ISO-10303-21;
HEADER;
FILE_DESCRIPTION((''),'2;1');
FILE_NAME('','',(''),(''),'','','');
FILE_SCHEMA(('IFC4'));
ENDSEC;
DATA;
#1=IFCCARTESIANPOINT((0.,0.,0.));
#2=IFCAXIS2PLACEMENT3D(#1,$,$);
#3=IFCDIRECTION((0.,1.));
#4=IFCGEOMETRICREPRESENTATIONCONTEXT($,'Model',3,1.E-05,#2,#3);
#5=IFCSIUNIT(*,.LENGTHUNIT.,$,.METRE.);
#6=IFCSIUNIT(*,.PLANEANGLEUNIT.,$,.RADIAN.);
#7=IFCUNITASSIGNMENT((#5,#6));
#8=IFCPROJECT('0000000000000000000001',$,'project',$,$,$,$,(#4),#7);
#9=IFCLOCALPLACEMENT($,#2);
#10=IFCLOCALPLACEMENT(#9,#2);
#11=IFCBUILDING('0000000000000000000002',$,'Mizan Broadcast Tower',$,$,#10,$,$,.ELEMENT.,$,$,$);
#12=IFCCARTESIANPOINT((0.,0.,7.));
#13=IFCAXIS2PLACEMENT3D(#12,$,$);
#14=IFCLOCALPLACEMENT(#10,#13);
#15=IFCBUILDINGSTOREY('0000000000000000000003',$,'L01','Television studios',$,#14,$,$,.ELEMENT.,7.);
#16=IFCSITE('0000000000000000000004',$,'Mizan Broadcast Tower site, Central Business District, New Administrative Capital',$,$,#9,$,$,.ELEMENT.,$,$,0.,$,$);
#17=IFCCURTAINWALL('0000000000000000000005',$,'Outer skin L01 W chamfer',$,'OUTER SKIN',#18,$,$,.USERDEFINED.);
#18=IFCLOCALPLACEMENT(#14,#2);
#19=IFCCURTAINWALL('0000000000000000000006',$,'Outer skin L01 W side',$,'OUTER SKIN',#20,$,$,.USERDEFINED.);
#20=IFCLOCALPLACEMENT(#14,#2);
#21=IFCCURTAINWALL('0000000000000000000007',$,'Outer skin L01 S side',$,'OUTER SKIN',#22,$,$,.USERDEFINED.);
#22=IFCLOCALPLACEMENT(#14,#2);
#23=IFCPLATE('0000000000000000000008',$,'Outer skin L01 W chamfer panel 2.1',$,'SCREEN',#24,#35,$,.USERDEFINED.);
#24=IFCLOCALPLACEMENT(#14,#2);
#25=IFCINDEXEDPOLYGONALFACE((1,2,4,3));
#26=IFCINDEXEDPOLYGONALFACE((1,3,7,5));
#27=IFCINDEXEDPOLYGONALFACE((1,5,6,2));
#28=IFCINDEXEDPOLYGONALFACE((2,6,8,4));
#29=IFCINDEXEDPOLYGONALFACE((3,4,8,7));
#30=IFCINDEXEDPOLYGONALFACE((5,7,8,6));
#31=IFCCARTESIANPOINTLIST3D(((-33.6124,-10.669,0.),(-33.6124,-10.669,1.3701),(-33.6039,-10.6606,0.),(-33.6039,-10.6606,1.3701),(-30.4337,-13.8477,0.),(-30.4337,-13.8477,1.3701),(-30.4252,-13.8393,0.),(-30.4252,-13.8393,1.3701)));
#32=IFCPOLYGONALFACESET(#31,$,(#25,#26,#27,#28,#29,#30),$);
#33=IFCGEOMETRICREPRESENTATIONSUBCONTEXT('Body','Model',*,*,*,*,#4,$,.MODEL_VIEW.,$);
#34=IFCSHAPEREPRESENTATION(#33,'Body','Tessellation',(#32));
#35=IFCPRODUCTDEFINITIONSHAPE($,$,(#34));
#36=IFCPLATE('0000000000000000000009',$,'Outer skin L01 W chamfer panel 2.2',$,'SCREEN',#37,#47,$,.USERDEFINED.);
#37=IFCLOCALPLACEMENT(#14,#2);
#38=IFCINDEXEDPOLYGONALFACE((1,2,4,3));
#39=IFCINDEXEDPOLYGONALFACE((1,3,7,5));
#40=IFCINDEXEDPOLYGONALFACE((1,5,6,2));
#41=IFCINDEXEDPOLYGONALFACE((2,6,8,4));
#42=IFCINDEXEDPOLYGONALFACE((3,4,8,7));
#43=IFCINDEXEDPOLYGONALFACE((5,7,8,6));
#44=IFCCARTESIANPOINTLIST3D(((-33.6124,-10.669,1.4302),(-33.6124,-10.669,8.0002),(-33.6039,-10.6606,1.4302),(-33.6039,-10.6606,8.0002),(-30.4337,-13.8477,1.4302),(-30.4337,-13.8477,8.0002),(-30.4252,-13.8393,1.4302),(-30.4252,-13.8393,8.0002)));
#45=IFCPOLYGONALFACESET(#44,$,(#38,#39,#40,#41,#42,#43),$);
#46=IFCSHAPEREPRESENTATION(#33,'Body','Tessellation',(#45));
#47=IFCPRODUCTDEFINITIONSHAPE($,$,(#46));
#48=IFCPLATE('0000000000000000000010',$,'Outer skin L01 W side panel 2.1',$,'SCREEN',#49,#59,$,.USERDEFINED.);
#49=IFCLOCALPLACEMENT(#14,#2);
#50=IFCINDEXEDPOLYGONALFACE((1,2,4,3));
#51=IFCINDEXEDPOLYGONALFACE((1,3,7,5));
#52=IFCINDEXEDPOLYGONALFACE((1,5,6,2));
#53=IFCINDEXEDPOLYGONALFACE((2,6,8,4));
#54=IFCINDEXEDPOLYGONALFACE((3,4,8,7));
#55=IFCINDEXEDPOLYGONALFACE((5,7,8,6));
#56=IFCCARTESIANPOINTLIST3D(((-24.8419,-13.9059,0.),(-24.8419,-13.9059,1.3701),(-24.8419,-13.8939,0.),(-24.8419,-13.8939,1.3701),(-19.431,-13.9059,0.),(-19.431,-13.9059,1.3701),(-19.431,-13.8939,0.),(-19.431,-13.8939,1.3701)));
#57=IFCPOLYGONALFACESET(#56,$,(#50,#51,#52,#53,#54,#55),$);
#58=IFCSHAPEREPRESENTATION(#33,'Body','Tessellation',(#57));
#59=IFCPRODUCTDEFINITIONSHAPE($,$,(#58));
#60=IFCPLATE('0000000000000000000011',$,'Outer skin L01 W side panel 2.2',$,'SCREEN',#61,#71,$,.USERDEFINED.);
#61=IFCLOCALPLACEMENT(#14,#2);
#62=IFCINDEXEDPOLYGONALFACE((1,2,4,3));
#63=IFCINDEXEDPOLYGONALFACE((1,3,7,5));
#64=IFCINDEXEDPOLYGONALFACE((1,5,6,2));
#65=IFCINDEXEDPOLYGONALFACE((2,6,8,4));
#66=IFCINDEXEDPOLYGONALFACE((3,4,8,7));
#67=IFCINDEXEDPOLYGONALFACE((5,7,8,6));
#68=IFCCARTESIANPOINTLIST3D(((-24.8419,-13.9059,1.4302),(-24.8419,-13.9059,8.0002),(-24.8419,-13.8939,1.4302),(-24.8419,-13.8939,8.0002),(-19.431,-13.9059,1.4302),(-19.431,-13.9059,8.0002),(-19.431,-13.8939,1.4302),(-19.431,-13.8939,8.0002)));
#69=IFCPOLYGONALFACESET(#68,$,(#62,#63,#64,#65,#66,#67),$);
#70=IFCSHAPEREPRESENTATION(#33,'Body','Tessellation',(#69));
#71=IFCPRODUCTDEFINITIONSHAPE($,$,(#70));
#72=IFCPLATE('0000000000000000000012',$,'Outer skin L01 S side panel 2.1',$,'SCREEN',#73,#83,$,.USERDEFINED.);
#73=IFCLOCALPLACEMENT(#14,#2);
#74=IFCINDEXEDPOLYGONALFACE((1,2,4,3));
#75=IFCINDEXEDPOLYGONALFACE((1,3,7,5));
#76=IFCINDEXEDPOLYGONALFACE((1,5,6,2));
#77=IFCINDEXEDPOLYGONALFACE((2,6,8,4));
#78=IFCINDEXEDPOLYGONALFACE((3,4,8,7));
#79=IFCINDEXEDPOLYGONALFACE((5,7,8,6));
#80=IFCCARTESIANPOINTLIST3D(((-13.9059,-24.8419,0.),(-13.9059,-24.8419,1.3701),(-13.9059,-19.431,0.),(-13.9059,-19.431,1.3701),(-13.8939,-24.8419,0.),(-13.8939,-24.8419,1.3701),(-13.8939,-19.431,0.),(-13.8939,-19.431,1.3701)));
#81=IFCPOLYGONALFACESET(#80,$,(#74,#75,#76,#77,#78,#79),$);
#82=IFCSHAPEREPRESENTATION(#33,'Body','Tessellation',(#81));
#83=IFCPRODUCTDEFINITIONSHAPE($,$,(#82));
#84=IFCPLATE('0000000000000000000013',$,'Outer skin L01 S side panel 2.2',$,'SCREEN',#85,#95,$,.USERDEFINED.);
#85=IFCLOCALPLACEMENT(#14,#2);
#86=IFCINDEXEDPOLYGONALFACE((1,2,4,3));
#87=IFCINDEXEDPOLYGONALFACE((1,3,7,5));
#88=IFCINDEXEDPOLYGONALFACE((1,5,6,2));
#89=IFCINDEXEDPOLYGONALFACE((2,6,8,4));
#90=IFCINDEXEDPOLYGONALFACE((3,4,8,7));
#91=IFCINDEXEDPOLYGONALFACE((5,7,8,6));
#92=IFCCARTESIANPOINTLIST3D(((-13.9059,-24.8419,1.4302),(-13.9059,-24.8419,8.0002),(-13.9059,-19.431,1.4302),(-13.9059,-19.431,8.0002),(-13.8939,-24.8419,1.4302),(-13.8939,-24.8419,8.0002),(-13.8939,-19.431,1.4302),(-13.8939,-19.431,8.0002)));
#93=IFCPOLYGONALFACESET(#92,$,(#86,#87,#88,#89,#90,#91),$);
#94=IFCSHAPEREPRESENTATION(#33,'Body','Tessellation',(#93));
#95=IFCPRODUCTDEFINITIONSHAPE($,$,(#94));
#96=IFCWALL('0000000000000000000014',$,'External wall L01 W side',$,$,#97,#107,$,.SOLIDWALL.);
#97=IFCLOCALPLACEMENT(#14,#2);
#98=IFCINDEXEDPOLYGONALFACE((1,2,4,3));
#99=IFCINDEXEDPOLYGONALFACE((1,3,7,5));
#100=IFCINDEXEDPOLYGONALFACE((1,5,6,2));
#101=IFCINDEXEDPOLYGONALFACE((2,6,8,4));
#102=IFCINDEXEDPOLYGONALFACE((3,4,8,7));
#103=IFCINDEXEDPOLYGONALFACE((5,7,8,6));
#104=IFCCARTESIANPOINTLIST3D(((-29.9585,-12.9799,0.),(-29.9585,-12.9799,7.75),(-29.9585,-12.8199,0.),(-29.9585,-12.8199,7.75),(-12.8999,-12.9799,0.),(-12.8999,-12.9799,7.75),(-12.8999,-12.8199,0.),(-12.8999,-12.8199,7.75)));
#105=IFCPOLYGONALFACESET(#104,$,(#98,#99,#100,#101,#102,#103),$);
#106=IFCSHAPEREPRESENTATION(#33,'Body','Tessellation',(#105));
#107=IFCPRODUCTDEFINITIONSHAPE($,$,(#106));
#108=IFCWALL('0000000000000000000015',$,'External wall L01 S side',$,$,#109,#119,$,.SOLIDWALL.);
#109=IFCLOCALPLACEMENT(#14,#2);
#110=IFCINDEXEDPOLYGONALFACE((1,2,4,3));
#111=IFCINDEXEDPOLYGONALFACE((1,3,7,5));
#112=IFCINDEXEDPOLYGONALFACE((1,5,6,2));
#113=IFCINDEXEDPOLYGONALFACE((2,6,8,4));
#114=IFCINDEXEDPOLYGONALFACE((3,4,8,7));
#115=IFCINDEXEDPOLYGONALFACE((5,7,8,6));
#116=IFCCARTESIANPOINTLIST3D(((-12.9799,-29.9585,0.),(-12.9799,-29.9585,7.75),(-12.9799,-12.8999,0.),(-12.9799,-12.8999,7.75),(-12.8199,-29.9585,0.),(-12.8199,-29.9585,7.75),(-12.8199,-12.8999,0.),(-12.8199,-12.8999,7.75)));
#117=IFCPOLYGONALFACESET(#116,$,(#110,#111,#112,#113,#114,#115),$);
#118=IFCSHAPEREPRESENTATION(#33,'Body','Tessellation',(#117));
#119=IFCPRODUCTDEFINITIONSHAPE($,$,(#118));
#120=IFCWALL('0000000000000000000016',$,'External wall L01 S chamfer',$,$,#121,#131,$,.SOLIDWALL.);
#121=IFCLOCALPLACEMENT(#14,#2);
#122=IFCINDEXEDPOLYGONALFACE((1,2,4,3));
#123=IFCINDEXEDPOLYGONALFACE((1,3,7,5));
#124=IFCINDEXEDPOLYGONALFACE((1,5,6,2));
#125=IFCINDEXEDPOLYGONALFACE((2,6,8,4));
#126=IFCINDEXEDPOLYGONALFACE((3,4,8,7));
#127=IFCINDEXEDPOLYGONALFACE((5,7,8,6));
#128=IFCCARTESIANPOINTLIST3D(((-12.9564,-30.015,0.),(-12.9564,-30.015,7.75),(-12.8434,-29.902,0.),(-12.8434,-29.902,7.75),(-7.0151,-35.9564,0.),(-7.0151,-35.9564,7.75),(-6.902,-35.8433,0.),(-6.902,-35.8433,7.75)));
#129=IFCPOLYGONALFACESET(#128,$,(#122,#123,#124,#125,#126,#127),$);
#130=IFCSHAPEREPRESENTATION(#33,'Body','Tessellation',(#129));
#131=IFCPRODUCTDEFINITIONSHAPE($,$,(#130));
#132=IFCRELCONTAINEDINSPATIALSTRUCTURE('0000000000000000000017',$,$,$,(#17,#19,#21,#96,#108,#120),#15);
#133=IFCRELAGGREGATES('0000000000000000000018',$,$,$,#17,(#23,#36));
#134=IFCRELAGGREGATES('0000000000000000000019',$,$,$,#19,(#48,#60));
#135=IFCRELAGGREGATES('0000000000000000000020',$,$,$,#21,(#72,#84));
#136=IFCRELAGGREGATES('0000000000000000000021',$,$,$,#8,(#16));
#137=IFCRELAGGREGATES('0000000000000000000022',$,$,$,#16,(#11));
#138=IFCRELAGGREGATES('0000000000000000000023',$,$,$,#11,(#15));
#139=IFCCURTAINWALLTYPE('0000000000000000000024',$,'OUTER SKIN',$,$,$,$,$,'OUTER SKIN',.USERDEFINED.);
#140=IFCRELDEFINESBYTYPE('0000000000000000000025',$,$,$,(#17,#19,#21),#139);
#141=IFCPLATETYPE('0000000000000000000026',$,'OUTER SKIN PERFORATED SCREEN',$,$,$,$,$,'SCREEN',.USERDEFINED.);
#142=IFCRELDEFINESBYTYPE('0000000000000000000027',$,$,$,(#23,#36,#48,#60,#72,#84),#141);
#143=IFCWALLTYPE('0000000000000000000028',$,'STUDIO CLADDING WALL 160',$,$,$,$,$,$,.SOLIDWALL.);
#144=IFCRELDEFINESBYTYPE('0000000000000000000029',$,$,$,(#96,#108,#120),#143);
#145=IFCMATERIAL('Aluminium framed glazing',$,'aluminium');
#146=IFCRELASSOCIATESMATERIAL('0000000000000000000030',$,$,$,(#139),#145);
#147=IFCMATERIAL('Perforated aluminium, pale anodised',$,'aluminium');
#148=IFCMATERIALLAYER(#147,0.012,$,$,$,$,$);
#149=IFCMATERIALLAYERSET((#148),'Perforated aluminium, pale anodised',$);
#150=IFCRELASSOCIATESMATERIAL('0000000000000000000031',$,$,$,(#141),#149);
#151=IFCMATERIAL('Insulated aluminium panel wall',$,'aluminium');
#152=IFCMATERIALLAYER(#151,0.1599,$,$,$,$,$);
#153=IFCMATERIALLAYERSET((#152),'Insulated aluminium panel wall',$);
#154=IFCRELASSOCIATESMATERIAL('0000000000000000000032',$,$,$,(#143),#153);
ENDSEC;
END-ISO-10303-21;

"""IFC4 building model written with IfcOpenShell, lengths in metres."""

from ifc_helpers import new_model, si_unit, direction, frame, frame_2d, origin, origin_2d, place, context, subcontext, project, spatial, rectangle, extrude, material, layer, layer_set, type_object, element, aggregate, save


model = new_model("IFC4")

# Units and contexts
model_context = context("Model", 3, precision=1e-05, world=origin(), true_north=direction((0.0, 1.0)))
body_context = subcontext(model_context, "Body", "Model", "MODEL_VIEW")
ifc_project = project(units=[si_unit("LENGTHUNIT", "METRE"), si_unit("PLANEANGLEUNIT", "RADIAN")], contexts=[model_context])

# Site, building, storey
site_placement = place(None, origin())
site = spatial("IfcSite", under=ifc_project, at=site_placement, Name="Mizan Broadcast Tower site, Central Business District, New Administrative Capital", CompositionType="ELEMENT", RefElevation=0.0)
building_placement = place(site_placement, origin())
building = spatial("IfcBuilding", under=site, at=building_placement, Name="Mizan Broadcast Tower", CompositionType="ELEMENT")
storey_placement = place(building_placement, frame((0.0, 0.0, 7.0)))
storey = spatial("IfcBuildingStorey", under=building, at=storey_placement, Name="L01", Description="Television studios", CompositionType="ELEMENT", Elevation=7.0)

# Curtain wall
ifc_material_1 = material(Name="Aluminium framed glazing", Category="aluminium")
curtain_wall_type = type_object("IfcCurtainWallType", Name="OUTER SKIN", ElementType="OUTER SKIN", PredefinedType="USERDEFINED", material=ifc_material_1)
curtain_wall_1_placement = place(storey_placement, origin())
curtain_wall_1 = element("IfcCurtainWall", 1, at=curtain_wall_1_placement, inside=storey, type_object=curtain_wall_type, Name="Outer skin L01 W chamfer", ObjectType="OUTER SKIN", PredefinedType="USERDEFINED")

# Curtain walls
curtain_wall_2_placement = place(storey_placement, origin())
curtain_wall_2 = element("IfcCurtainWall", 2, at=curtain_wall_2_placement, inside=storey, type_object=curtain_wall_type, Name="Outer skin L01 W side", ObjectType="OUTER SKIN", PredefinedType="USERDEFINED")
curtain_wall_3_placement = place(storey_placement, origin())
curtain_wall_3 = element("IfcCurtainWall", 3, at=curtain_wall_3_placement, inside=storey, type_object=curtain_wall_type, Name="Outer skin L01 S side", ObjectType="OUTER SKIN", PredefinedType="USERDEFINED")

# Plates
ifc_material_2 = material(Name="Perforated aluminium, pale anodised", Category="aluminium")
ifc_layer_1 = layer(ifc_material_2, 0.012)
ifc_layer_set_1 = layer_set([ifc_layer_1], Name="Perforated aluminium, pale anodised")
plate_type_1 = type_object("IfcPlateType", Name="OUTER SKIN PERFORATED SCREEN", ElementType="SCREEN", PredefinedType="USERDEFINED", material=ifc_layer_set_1)
plate_1_placement = place(storey_placement, frame((-32.0188, -12.2542, 0.0), z_axis=(0.0, 0.0, 1.0), x_axis=(0.707107, -0.707107, 0.0)))
plate_1 = element("IfcPlate", 4, at=plate_1_placement, type_object=plate_type_1, Name="Outer skin L01 W chamfer panel 2.1", ObjectType="SCREEN", PredefinedType="USERDEFINED", context=body_context, shape_type="SweptSolid", body=[
    extrude(rectangle(XDim=4.4954, YDim=0.012, at=origin_2d()), origin(), (0.0, 0.0, 1.0), 1.3701),
])
plate_2_placement = place(storey_placement, frame((-32.0188, -12.2542, 1.4302), z_axis=(0.0, 0.0, 1.0), x_axis=(0.707107, -0.707107, 0.0)))
plate_2 = element("IfcPlate", 5, at=plate_2_placement, type_object=plate_type_1, Name="Outer skin L01 W chamfer panel 2.2", ObjectType="SCREEN", PredefinedType="USERDEFINED", context=body_context, shape_type="SweptSolid", body=[
    extrude(rectangle(XDim=4.4954, YDim=0.012, at=origin_2d()), origin(), (0.0, 0.0, 1.0), 6.5701),
])
aggregate(curtain_wall_1, [plate_1, plate_2])
plate_3_placement = place(storey_placement, frame((-22.1365, -13.8999, 0.0), z_axis=(0.0, 0.0, 1.0), x_axis=(1.0, 0.0, 0.0)))
plate_3 = element("IfcPlate", 6, at=plate_3_placement, type_object=plate_type_1, Name="Outer skin L01 W side panel 2.1", ObjectType="SCREEN", PredefinedType="USERDEFINED", context=body_context, shape_type="SweptSolid", body=[
    extrude(rectangle(XDim=5.4109, YDim=0.012, at=origin_2d()), origin(), (0.0, 0.0, 1.0), 1.3701),
])
plate_4_placement = place(storey_placement, frame((-22.1365, -13.8999, 1.4302), z_axis=(0.0, 0.0, 1.0), x_axis=(1.0, 0.0, 0.0)))
plate_4 = element("IfcPlate", 7, at=plate_4_placement, type_object=plate_type_1, Name="Outer skin L01 W side panel 2.2", ObjectType="SCREEN", PredefinedType="USERDEFINED", context=body_context, shape_type="SweptSolid", body=[
    extrude(rectangle(XDim=5.4109, YDim=0.012, at=origin_2d()), origin(), (0.0, 0.0, 1.0), 6.5701),
])
aggregate(curtain_wall_2, [plate_3, plate_4])
plate_5_placement = place(storey_placement, frame((-13.8999, -22.1365, 0.0), z_axis=(0.0, 0.0, 1.0), x_axis=(0.0, -1.0, 0.0)))
plate_5 = element("IfcPlate", 8, at=plate_5_placement, type_object=plate_type_1, Name="Outer skin L01 S side panel 2.1", ObjectType="SCREEN", PredefinedType="USERDEFINED", context=body_context, shape_type="SweptSolid", body=[
    extrude(rectangle(XDim=5.4109, YDim=0.012, at=origin_2d()), origin(), (0.0, 0.0, 1.0), 1.3701),
])
plate_6_placement = place(storey_placement, frame((-13.8999, -22.1365, 1.4302), z_axis=(0.0, 0.0, 1.0), x_axis=(0.0, -1.0, 0.0)))
plate_6 = element("IfcPlate", 9, at=plate_6_placement, type_object=plate_type_1, Name="Outer skin L01 S side panel 2.2", ObjectType="SCREEN", PredefinedType="USERDEFINED", context=body_context, shape_type="SweptSolid", body=[
    extrude(rectangle(XDim=5.4109, YDim=0.012, at=origin_2d()), origin(), (0.0, 0.0, 1.0), 6.5701),
])
aggregate(curtain_wall_3, [plate_5, plate_6])

# Walls
ifc_material_3 = material(Name="Insulated aluminium panel wall", Category="aluminium")
ifc_layer_2 = layer(ifc_material_3, 0.1599)
ifc_layer_set_2 = layer_set([ifc_layer_2], Name="Insulated aluminium panel wall")
wall_type = type_object("IfcWallType", Name="STUDIO CLADDING WALL 160", PredefinedType="SOLIDWALL", material=ifc_layer_set_2)
for number, where, z_axis, x_axis, name in (
    (10, (-29.9585, -12.8999, 0.0), (0.0, 0.0, 1.0), (1.0, 0.0, 0.0), "External wall L01 W side"),
    (11, (-12.8999, -12.8999, 0.0), (0.0, 0.0, 1.0), (0.0, -1.0, 0.0), "External wall L01 S side"),
):
    element("IfcWall", number, at=place(storey_placement, frame(where, z_axis=z_axis, x_axis=x_axis)), inside=storey, type_object=wall_type, Name=name, PredefinedType="SOLIDWALL", context=body_context, shape_type="SweptSolid", body=[
        extrude(rectangle(XDim=17.0586, YDim=0.1599, at=frame_2d((8.5293, 0.0))), origin(), (0.0, 0.0, 1.0), 7.75),
    ])
wall_placement = place(storey_placement, frame((-12.8999, -29.9585, 0.0), z_axis=(0.0, 0.0, 1.0), x_axis=(0.707107, -0.707107, 0.0)))
element("IfcWall", 12, at=wall_placement, inside=storey, type_object=wall_type, Name="External wall L01 S chamfer", PredefinedType="SOLIDWALL", context=body_context, shape_type="SweptSolid", body=[
    extrude(rectangle(XDim=8.4023, YDim=0.1599, at=frame_2d((4.2012, 0.0))), origin(), (0.0, 0.0, 1.0), 7.75),
])

save(model, "model.ifc")
